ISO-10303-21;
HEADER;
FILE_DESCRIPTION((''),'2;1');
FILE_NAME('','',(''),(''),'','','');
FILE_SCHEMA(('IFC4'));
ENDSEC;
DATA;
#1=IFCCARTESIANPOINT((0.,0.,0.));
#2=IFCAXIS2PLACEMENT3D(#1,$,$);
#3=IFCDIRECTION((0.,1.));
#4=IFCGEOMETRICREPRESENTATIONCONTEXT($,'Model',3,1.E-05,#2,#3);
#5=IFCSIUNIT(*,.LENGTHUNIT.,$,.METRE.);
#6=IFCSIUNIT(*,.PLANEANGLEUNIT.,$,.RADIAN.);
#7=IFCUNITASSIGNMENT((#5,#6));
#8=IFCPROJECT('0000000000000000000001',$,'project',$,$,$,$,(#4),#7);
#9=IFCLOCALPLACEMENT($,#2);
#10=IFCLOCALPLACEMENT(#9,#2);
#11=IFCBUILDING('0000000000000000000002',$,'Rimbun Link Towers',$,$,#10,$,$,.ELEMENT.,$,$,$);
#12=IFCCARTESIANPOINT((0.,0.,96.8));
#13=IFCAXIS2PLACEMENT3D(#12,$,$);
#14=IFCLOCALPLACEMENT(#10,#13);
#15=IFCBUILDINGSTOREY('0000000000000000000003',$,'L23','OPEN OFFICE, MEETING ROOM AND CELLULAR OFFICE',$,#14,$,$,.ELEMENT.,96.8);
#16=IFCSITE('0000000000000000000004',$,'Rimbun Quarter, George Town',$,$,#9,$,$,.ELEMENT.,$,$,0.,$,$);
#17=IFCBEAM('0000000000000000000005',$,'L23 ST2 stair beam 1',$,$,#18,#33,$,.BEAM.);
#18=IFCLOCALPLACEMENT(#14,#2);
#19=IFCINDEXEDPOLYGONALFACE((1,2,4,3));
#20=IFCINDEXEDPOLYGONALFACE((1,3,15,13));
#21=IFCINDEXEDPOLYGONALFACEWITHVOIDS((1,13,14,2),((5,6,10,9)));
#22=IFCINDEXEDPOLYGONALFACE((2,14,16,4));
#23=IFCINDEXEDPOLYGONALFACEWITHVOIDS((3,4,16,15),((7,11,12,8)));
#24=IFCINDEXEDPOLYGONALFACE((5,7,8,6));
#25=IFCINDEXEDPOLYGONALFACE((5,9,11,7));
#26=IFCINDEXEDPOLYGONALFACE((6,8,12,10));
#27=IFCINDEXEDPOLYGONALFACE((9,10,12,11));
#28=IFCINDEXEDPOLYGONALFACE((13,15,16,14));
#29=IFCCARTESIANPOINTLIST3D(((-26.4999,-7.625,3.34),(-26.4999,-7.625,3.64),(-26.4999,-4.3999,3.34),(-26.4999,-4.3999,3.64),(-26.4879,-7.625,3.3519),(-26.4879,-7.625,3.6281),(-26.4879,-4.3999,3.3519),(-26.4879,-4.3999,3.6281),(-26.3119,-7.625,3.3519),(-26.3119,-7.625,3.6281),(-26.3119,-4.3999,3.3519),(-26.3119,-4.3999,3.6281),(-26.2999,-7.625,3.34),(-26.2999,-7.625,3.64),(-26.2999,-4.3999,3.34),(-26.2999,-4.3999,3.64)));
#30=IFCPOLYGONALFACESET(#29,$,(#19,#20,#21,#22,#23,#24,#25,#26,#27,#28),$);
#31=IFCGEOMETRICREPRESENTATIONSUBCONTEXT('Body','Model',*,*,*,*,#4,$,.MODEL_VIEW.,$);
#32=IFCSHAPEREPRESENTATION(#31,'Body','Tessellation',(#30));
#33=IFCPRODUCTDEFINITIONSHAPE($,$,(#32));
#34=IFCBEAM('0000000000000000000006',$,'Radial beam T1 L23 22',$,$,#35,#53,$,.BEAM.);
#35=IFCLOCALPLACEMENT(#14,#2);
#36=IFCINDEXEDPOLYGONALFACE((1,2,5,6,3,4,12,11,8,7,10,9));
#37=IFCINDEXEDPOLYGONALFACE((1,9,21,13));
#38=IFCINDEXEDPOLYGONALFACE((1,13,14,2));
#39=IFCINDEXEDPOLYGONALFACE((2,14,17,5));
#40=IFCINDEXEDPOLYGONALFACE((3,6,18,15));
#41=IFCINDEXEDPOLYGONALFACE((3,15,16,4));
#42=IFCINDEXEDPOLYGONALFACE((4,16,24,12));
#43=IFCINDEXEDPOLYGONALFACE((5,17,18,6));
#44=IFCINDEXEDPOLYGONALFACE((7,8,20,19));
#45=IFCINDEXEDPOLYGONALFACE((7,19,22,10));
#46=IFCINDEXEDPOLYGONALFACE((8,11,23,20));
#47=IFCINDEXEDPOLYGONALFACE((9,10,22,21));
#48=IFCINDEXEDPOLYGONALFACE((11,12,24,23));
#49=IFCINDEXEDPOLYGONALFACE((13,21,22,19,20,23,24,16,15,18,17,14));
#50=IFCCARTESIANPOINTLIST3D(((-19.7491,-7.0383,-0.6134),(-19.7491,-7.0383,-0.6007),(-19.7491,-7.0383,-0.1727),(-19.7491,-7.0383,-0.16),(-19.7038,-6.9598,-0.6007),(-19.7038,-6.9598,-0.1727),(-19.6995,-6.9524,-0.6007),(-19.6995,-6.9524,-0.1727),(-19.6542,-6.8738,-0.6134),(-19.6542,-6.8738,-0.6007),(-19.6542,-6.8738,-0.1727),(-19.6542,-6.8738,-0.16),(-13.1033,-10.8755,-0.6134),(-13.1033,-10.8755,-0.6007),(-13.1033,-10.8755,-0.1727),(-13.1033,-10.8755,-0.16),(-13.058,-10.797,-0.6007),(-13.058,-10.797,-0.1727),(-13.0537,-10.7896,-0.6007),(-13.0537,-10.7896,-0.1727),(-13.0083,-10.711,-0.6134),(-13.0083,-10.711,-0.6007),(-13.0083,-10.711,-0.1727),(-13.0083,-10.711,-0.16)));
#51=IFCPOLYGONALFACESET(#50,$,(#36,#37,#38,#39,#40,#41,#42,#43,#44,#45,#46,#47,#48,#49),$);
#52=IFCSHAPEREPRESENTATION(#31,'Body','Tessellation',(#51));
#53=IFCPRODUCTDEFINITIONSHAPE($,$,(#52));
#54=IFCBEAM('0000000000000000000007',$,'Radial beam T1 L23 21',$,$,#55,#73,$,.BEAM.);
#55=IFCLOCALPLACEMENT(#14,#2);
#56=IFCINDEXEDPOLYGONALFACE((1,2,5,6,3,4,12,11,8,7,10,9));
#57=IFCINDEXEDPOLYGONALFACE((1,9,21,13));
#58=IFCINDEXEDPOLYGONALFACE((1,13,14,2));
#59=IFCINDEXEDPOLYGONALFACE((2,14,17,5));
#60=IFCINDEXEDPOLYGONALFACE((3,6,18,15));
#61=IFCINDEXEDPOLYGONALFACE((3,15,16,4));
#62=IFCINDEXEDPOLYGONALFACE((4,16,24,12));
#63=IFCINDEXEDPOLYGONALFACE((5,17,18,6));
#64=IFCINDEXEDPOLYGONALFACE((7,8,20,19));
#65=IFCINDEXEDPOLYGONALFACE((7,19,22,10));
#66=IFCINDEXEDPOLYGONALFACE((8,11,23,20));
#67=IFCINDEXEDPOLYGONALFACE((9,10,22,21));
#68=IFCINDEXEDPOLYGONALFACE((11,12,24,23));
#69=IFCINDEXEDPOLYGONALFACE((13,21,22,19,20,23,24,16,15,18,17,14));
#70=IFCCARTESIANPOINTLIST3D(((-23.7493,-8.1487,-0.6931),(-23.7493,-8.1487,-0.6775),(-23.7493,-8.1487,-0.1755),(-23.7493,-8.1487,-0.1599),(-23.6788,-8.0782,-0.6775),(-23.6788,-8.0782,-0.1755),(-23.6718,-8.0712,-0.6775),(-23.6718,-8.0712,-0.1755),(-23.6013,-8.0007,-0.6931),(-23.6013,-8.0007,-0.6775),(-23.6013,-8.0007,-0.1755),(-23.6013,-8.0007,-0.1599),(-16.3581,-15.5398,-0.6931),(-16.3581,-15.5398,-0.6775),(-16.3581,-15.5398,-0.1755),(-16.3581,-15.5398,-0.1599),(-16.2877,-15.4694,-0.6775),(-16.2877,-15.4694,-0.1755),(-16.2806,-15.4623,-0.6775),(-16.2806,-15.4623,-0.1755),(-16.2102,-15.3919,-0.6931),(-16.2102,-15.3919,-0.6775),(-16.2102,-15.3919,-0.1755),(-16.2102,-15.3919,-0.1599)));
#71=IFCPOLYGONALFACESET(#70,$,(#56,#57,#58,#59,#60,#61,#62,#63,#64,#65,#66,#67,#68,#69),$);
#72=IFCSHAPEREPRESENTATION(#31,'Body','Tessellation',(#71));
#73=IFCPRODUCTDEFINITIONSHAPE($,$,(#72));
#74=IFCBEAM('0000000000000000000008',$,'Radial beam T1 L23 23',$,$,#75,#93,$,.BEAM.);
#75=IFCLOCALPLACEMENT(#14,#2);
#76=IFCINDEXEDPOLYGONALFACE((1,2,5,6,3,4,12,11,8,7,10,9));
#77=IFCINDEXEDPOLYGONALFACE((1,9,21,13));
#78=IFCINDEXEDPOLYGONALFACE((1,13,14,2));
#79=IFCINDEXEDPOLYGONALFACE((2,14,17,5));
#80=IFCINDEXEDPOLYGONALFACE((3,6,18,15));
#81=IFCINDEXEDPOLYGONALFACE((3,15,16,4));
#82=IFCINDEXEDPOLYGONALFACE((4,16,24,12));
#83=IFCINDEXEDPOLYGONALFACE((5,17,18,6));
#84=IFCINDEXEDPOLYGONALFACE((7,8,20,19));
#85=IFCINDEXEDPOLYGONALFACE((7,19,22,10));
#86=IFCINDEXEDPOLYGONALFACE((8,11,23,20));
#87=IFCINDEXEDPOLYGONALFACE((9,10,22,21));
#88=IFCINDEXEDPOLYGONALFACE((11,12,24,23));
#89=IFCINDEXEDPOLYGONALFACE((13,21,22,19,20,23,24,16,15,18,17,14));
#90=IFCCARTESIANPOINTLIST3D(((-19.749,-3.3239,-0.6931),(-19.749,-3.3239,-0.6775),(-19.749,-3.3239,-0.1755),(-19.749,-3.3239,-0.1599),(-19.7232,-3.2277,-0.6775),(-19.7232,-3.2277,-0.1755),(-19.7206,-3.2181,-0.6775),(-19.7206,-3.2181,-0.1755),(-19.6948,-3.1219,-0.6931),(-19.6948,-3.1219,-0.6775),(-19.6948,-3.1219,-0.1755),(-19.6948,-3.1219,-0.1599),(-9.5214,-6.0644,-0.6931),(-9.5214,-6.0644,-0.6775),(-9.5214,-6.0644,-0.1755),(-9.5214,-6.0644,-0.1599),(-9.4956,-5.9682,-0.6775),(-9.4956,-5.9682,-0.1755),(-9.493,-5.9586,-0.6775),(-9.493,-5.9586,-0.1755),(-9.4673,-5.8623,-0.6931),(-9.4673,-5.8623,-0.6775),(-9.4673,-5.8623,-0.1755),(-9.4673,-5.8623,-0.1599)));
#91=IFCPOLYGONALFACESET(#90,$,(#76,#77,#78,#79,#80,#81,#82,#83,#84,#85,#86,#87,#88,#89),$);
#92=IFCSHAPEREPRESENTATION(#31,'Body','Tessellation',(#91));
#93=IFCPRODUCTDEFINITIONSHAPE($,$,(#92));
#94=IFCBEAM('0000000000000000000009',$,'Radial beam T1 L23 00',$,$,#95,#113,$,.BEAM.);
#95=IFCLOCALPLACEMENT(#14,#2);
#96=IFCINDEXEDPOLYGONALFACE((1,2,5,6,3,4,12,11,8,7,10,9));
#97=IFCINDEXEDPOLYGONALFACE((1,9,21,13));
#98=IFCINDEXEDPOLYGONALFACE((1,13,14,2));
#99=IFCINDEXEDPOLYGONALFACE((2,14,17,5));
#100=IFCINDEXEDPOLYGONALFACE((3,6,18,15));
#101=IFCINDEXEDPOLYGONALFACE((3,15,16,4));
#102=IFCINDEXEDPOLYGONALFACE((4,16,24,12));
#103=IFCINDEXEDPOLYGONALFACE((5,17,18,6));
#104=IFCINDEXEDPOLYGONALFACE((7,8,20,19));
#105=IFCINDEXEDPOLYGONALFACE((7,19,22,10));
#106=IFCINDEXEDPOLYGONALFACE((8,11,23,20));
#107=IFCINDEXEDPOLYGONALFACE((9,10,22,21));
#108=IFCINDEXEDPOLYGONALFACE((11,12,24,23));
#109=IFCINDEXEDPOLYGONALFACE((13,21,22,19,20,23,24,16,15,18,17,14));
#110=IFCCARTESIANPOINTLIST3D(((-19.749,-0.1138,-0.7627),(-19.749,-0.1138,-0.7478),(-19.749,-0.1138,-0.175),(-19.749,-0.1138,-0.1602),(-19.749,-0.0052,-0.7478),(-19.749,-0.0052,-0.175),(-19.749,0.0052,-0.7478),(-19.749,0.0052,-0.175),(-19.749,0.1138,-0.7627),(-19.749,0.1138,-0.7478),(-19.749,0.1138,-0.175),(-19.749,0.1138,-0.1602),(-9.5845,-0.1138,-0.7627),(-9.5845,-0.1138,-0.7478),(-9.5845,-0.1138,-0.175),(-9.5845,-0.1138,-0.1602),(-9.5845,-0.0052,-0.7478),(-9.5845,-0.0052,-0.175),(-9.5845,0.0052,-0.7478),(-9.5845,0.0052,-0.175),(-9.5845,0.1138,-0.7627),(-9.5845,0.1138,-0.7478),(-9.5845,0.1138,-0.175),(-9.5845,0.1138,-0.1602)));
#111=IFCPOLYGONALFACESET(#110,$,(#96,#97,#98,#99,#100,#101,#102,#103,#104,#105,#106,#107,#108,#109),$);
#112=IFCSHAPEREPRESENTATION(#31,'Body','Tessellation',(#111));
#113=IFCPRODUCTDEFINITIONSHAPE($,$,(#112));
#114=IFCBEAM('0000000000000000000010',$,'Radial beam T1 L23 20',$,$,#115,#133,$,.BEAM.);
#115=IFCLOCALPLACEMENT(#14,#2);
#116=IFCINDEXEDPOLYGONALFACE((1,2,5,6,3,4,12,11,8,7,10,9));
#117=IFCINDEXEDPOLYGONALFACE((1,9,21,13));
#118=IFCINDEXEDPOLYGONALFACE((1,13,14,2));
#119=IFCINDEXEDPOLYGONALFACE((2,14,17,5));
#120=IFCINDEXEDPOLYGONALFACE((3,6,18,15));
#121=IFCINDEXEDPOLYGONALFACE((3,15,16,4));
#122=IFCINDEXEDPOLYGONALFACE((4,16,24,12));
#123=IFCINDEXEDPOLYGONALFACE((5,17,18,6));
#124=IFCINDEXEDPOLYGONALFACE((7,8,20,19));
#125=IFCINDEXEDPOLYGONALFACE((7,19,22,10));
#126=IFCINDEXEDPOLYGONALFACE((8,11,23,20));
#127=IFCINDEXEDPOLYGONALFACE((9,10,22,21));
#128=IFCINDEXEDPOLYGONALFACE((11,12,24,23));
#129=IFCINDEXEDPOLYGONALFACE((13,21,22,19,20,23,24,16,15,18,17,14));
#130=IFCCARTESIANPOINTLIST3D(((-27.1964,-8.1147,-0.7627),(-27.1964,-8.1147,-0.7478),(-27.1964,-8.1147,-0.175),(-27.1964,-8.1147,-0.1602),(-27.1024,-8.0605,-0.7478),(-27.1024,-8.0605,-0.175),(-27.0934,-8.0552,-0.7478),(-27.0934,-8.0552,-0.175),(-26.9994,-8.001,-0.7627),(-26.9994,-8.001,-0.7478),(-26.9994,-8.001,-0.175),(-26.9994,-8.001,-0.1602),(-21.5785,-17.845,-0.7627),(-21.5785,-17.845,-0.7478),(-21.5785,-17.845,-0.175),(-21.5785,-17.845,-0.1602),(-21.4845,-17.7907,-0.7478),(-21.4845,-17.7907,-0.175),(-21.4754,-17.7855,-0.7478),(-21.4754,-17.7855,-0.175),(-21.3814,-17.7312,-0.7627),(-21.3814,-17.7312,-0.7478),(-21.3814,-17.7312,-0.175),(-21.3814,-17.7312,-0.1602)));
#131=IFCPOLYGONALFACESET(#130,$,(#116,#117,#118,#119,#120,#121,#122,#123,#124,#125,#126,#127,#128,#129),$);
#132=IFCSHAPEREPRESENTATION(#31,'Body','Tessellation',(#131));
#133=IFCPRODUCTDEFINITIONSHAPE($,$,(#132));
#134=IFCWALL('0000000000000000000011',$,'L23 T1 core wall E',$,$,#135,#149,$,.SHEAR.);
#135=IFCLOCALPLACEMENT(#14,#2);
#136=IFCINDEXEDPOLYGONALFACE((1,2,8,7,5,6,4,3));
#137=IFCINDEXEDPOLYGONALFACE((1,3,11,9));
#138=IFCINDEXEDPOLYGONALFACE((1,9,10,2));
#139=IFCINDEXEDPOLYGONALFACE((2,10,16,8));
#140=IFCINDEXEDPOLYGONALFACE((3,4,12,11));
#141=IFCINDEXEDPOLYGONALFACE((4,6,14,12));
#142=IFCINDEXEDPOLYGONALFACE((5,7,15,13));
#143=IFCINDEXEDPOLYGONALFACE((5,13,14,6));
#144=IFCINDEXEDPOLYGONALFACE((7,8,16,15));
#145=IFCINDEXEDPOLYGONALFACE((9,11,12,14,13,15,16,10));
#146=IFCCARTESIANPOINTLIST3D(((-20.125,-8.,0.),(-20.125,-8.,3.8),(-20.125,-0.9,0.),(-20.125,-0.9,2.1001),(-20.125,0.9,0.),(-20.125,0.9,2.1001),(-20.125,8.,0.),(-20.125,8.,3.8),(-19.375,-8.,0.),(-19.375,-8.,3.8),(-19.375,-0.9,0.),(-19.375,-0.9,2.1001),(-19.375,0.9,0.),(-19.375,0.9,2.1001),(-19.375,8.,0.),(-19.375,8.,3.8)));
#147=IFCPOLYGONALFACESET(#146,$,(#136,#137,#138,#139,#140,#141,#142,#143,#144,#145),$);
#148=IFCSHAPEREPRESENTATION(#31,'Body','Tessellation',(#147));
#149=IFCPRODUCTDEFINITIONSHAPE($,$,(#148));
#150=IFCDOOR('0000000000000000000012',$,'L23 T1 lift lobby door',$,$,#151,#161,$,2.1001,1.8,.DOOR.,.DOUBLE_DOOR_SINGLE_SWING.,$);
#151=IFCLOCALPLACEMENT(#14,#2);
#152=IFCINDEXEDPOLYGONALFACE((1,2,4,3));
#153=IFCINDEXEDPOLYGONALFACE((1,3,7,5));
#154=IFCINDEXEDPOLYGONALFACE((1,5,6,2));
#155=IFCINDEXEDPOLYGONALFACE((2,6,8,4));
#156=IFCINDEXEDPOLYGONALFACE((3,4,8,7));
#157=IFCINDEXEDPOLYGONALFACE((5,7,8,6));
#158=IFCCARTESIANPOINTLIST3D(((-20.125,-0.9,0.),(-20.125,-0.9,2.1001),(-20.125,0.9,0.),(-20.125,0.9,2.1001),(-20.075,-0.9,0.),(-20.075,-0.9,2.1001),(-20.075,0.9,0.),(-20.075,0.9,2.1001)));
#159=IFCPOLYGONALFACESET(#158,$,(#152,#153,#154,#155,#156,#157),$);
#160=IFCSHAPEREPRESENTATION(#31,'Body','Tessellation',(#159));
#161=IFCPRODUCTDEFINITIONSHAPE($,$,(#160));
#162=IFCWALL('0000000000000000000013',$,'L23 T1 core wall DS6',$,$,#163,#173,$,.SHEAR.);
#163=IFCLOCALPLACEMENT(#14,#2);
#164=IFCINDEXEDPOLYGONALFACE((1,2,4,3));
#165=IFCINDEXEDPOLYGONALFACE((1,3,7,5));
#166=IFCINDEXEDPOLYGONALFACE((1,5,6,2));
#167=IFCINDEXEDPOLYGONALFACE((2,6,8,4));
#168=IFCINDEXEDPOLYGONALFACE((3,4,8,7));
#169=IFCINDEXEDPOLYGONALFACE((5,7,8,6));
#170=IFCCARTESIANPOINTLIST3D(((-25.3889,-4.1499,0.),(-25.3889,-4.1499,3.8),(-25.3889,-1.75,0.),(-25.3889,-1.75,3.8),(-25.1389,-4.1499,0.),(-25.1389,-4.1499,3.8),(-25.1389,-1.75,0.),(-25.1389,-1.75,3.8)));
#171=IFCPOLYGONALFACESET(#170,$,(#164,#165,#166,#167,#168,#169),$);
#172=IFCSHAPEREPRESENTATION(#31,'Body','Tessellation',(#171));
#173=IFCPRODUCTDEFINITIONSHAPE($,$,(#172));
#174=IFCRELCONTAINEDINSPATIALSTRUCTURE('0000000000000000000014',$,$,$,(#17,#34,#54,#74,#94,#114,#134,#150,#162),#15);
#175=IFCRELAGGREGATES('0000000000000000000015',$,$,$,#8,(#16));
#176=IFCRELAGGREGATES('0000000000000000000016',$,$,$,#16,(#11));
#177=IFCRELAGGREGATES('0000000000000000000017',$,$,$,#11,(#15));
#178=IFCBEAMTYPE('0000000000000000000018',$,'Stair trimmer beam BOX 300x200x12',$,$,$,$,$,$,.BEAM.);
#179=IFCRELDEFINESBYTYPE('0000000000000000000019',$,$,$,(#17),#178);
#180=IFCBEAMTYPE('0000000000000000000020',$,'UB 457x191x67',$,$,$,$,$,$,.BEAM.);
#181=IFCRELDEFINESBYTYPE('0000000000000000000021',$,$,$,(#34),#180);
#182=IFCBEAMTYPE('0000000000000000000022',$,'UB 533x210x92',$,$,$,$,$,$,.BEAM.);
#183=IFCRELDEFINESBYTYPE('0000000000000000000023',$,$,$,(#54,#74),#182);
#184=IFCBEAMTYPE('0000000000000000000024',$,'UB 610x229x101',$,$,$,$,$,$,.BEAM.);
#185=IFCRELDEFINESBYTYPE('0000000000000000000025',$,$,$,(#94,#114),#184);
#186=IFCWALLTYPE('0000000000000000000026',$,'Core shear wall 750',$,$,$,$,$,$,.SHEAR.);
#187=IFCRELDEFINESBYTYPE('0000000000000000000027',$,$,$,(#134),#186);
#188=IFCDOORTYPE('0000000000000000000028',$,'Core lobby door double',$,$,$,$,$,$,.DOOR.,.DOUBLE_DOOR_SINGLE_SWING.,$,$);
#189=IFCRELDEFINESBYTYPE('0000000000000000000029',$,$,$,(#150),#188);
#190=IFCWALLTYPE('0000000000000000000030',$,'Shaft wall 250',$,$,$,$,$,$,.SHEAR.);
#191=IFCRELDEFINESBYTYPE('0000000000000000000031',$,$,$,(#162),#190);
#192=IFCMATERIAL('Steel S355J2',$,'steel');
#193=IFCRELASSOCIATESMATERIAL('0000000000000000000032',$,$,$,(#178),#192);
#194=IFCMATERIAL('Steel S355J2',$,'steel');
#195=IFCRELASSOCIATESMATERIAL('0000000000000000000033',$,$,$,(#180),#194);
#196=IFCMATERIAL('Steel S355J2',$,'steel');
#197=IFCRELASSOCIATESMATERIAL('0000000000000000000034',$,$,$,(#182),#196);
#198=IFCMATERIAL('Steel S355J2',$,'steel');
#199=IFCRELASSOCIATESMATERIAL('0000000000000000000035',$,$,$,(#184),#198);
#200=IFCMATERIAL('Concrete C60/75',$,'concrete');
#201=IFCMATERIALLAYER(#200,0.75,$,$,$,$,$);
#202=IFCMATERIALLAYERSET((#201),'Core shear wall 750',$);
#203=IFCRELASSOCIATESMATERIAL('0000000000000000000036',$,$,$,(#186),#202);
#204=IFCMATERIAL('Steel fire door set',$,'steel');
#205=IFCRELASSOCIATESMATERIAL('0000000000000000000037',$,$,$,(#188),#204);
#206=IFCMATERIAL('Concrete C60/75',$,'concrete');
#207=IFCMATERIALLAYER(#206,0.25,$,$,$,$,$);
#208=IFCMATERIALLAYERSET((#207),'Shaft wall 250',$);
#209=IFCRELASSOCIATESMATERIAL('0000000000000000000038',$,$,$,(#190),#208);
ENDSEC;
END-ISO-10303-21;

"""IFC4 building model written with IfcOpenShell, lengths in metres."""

from ifc_helpers import new_model, si_unit, direction, frame, frame_2d, origin, origin_2d, place, context, subcontext, project, spatial, rectangle, hollow_rectangle, i_section, extrude, material, layer, layer_set, material_profile, profile_set, type_object, element, fill, save


model = new_model("IFC4")

# Units and contexts
model_context = context("Model", 3, precision=1e-05, world=origin(), true_north=direction((0.0, 1.0)))
body_context = subcontext(model_context, "Body", "Model", "MODEL_VIEW")
ifc_project = project(units=[si_unit("LENGTHUNIT", "METRE"), si_unit("PLANEANGLEUNIT", "RADIAN")], contexts=[model_context])

# Site, building, storey
site_placement = place(None, origin())
site = spatial("IfcSite", under=ifc_project, at=site_placement, Name="Rimbun Quarter, George Town", CompositionType="ELEMENT", RefElevation=0.0)
building_placement = place(site_placement, origin())
building = spatial("IfcBuilding", under=site, at=building_placement, Name="Rimbun Link Towers", CompositionType="ELEMENT")
storey_placement = place(building_placement, frame((0.0, 0.0, 96.8)))
storey = spatial("IfcBuildingStorey", under=building, at=storey_placement, Name="L23", Description="OPEN OFFICE, MEETING ROOM AND CELLULAR OFFICE", CompositionType="ELEMENT", Elevation=96.8)

# Beams
ifc_material_1 = material(Name="Steel S355J2", Category="steel")
ifc_material_profile_1 = material_profile(ifc_material_1, hollow_rectangle(XDim=0.2, YDim=0.3, WallThickness=0.012, at=origin_2d()), Name="BOX 300x200x12")
ifc_profile_set_1 = profile_set([ifc_material_profile_1], Name="Steel S355J2")
beam_type_1 = type_object("IfcBeamType", Name="Stair trimmer beam BOX 300x200x12", PredefinedType="BEAM", material=ifc_profile_set_1)
beam_1_placement = place(storey_placement, frame((-26.3999, -7.625, 3.49), z_axis=(0.0, 1.0, 0.0), x_axis=(-1.0, 0.0, 0.0)))
element("IfcBeam", 1, at=beam_1_placement, inside=storey, type_object=beam_type_1, Name="L23 ST2 stair beam 1", PredefinedType="BEAM", context=body_context, shape_type="SweptSolid", body=[
    extrude(hollow_rectangle(XDim=0.2, YDim=0.3, WallThickness=0.012, at=origin_2d()), origin(), (0.0, 0.0, 1.0), 3.2251),
])
ifc_material_2 = material(Name="Steel S355J2", Category="steel")
ifc_material_profile_2 = material_profile(ifc_material_2, i_section(OverallWidth=0.1899, OverallDepth=0.4534, WebThickness=0.0085, FlangeThickness=0.0127, at=origin_2d()), Name="UB 457x191x67")
ifc_profile_set_2 = profile_set([ifc_material_profile_2], Name="Steel S355J2")
beam_type_2 = type_object("IfcBeamType", Name="UB 457x191x67", PredefinedType="BEAM", material=ifc_profile_set_2)
beam_2_placement = place(storey_placement, frame((-19.7017, -6.9561, -0.3867), z_axis=(0.866012, -0.500023, 0.0), x_axis=(0.500023, 0.866012, 0.0)))
element("IfcBeam", 2, at=beam_2_placement, inside=storey, type_object=beam_type_2, Name="Radial beam T1 L23 22", PredefinedType="BEAM", context=body_context, shape_type="SweptSolid", body=[
    extrude(i_section(OverallWidth=0.1899, OverallDepth=0.4534, WebThickness=0.0085, FlangeThickness=0.0127, at=origin_2d()), origin(), (0.0, 0.0, 1.0), 7.6741),
])
ifc_material_3 = material(Name="Steel S355J2", Category="steel")
ifc_material_profile_3 = material_profile(ifc_material_3, i_section(OverallWidth=0.2092, OverallDepth=0.5332, WebThickness=0.01, FlangeThickness=0.0156, at=origin_2d()), Name="UB 533x210x92")
ifc_profile_set_3 = profile_set([ifc_material_profile_3], Name="Steel S355J2")
beam_type_3 = type_object("IfcBeamType", Name="UB 533x210x92", PredefinedType="BEAM", material=ifc_profile_set_3)
beam_3_placement = place(storey_placement, frame((-23.6753, -8.0747, -0.4265), z_axis=(0.707107, -0.707107, 0.0), x_axis=(0.707107, 0.707107, 0.0)))
element("IfcBeam", 3, at=beam_3_placement, inside=storey, type_object=beam_type_3, Name="Radial beam T1 L23 21", PredefinedType="BEAM", context=body_context, shape_type="SweptSolid", body=[
    extrude(i_section(OverallWidth=0.2092, OverallDepth=0.5332, WebThickness=0.01, FlangeThickness=0.0156, at=origin_2d()), origin(), (0.0, 0.0, 1.0), 10.4526),
])
beam_4_placement = place(storey_placement, frame((-19.7219, -3.2229, -0.4265), z_axis=(0.965925, -0.258821, 0.0), x_axis=(0.258821, 0.965925, 0.0)))
element("IfcBeam", 4, at=beam_4_placement, inside=storey, type_object=beam_type_3, Name="Radial beam T1 L23 23", PredefinedType="BEAM", context=body_context, shape_type="SweptSolid", body=[
    extrude(i_section(OverallWidth=0.2092, OverallDepth=0.5332, WebThickness=0.01, FlangeThickness=0.0156, at=origin_2d()), origin(), (0.0, 0.0, 1.0), 10.5884),
])
ifc_material_4 = material(Name="Steel S355J2", Category="steel")
ifc_material_profile_4 = material_profile(ifc_material_4, i_section(OverallWidth=0.2275, OverallDepth=0.6025, WebThickness=0.0105, FlangeThickness=0.0149, at=origin_2d()), Name="UB 610x229x101")
ifc_profile_set_4 = profile_set([ifc_material_profile_4], Name="Steel S355J2")
beam_type_4 = type_object("IfcBeamType", Name="UB 610x229x101", PredefinedType="BEAM", material=ifc_profile_set_4)
beam_5_placement = place(storey_placement, frame((-19.749, 0.0, -0.4614), z_axis=(1.0, 0.0, 0.0), x_axis=(0.0, 1.0, 0.0)))
element("IfcBeam", 5, at=beam_5_placement, inside=storey, type_object=beam_type_4, Name="Radial beam T1 L23 00", PredefinedType="BEAM", context=body_context, shape_type="SweptSolid", body=[
    extrude(i_section(OverallWidth=0.2275, OverallDepth=0.6025, WebThickness=0.0105, FlangeThickness=0.0149, at=origin_2d()), origin(), (0.0, 0.0, 1.0), 10.1646),
])
beam_6_placement = place(storey_placement, frame((-27.0979, -8.0579, -0.4614), z_axis=(0.500011, -0.866019, 0.0), x_axis=(0.866019, 0.500011, 0.0)))
element("IfcBeam", 6, at=beam_6_placement, inside=storey, type_object=beam_type_4, Name="Radial beam T1 L23 20", PredefinedType="BEAM", context=body_context, shape_type="SweptSolid", body=[
    extrude(i_section(OverallWidth=0.2275, OverallDepth=0.6025, WebThickness=0.0105, FlangeThickness=0.0149, at=origin_2d()), origin(), (0.0, 0.0, 1.0), 11.2356),
])

# Wall, opening, door
ifc_material_5 = material(Name="Concrete C60/75", Category="concrete")
ifc_layer_1 = layer(ifc_material_5, 0.75)
ifc_layer_set_1 = layer_set([ifc_layer_1], Name="Core shear wall 750")
wall_type_1 = type_object("IfcWallType", Name="Core shear wall 750", PredefinedType="SHEAR", material=ifc_layer_set_1)
wall_1_placement = place(storey_placement, frame((-19.75, -8.0, 0.0), z_axis=(0.0, 0.0, 1.0), x_axis=(0.0, 1.0, 0.0)))
wall_1 = element("IfcWall", 7, at=wall_1_placement, inside=storey, type_object=wall_type_1, Name="L23 T1 core wall E", PredefinedType="SHEAR", context=body_context, shape_type="SweptSolid", body=[
    extrude(rectangle(XDim=16.0, YDim=0.75, at=frame_2d((8.0, 0.0))), origin(), (0.0, 0.0, 1.0), 3.8),
])
opening_placement = place(wall_1_placement, frame((7.1001, 0.0, 0.0)))
opening = element("IfcOpeningElement", 8, at=opening_placement, cuts=wall_1, PredefinedType="OPENING", context=body_context, shape_type="SweptSolid", body=[
    extrude(rectangle(XDim=1.8, YDim=2.1001, at=frame_2d((0.8999, 1.05))), frame((0.0, 0.385, 0.0), z_axis=(0.0, -1.0, 0.0), x_axis=(1.0, 0.0, 0.0)), (0.0, 0.0, 1.0), 0.77),
])
ifc_material_6 = material(Name="Steel fire door set", Category="steel")
door_type = type_object("IfcDoorType", Name="Core lobby door double", OperationType="DOUBLE_DOOR_SINGLE_SWING", PredefinedType="DOOR", material=ifc_material_6)
door_placement = place(opening_placement, origin())
door = element("IfcDoor", 9, at=door_placement, inside=storey, type_object=door_type, Name="L23 T1 lift lobby door", OperationType="DOUBLE_DOOR_SINGLE_SWING", OverallHeight=2.1001, OverallWidth=1.8, PredefinedType="DOOR", context=body_context, shape_type="SweptSolid", body=[
    extrude(rectangle(XDim=1.8, YDim=2.1001, at=frame_2d((0.8999, 1.05))), frame((0.0, 0.375, 0.0), z_axis=(0.0, -1.0, 0.0), x_axis=(1.0, 0.0, 0.0)), (0.0, 0.0, 1.0), 0.05),
])
fill(opening, door)

# Wall
ifc_material_7 = material(Name="Concrete C60/75", Category="concrete")
ifc_layer_2 = layer(ifc_material_7, 0.25)
ifc_layer_set_2 = layer_set([ifc_layer_2], Name="Shaft wall 250")
wall_type_2 = type_object("IfcWallType", Name="Shaft wall 250", PredefinedType="SHEAR", material=ifc_layer_set_2)
wall_2_placement = place(storey_placement, frame((-25.2639, -4.1499, 0.0), z_axis=(0.0, 0.0, 1.0), x_axis=(0.0, 1.0, 0.0)))
element("IfcWall", 10, at=wall_2_placement, inside=storey, type_object=wall_type_2, Name="L23 T1 core wall DS6", PredefinedType="SHEAR", context=body_context, shape_type="SweptSolid", body=[
    extrude(rectangle(XDim=2.3999, YDim=0.25, at=frame_2d((1.2, 0.0))), origin(), (0.0, 0.0, 1.0), 3.8),
])

save(model, "model.ifc")
